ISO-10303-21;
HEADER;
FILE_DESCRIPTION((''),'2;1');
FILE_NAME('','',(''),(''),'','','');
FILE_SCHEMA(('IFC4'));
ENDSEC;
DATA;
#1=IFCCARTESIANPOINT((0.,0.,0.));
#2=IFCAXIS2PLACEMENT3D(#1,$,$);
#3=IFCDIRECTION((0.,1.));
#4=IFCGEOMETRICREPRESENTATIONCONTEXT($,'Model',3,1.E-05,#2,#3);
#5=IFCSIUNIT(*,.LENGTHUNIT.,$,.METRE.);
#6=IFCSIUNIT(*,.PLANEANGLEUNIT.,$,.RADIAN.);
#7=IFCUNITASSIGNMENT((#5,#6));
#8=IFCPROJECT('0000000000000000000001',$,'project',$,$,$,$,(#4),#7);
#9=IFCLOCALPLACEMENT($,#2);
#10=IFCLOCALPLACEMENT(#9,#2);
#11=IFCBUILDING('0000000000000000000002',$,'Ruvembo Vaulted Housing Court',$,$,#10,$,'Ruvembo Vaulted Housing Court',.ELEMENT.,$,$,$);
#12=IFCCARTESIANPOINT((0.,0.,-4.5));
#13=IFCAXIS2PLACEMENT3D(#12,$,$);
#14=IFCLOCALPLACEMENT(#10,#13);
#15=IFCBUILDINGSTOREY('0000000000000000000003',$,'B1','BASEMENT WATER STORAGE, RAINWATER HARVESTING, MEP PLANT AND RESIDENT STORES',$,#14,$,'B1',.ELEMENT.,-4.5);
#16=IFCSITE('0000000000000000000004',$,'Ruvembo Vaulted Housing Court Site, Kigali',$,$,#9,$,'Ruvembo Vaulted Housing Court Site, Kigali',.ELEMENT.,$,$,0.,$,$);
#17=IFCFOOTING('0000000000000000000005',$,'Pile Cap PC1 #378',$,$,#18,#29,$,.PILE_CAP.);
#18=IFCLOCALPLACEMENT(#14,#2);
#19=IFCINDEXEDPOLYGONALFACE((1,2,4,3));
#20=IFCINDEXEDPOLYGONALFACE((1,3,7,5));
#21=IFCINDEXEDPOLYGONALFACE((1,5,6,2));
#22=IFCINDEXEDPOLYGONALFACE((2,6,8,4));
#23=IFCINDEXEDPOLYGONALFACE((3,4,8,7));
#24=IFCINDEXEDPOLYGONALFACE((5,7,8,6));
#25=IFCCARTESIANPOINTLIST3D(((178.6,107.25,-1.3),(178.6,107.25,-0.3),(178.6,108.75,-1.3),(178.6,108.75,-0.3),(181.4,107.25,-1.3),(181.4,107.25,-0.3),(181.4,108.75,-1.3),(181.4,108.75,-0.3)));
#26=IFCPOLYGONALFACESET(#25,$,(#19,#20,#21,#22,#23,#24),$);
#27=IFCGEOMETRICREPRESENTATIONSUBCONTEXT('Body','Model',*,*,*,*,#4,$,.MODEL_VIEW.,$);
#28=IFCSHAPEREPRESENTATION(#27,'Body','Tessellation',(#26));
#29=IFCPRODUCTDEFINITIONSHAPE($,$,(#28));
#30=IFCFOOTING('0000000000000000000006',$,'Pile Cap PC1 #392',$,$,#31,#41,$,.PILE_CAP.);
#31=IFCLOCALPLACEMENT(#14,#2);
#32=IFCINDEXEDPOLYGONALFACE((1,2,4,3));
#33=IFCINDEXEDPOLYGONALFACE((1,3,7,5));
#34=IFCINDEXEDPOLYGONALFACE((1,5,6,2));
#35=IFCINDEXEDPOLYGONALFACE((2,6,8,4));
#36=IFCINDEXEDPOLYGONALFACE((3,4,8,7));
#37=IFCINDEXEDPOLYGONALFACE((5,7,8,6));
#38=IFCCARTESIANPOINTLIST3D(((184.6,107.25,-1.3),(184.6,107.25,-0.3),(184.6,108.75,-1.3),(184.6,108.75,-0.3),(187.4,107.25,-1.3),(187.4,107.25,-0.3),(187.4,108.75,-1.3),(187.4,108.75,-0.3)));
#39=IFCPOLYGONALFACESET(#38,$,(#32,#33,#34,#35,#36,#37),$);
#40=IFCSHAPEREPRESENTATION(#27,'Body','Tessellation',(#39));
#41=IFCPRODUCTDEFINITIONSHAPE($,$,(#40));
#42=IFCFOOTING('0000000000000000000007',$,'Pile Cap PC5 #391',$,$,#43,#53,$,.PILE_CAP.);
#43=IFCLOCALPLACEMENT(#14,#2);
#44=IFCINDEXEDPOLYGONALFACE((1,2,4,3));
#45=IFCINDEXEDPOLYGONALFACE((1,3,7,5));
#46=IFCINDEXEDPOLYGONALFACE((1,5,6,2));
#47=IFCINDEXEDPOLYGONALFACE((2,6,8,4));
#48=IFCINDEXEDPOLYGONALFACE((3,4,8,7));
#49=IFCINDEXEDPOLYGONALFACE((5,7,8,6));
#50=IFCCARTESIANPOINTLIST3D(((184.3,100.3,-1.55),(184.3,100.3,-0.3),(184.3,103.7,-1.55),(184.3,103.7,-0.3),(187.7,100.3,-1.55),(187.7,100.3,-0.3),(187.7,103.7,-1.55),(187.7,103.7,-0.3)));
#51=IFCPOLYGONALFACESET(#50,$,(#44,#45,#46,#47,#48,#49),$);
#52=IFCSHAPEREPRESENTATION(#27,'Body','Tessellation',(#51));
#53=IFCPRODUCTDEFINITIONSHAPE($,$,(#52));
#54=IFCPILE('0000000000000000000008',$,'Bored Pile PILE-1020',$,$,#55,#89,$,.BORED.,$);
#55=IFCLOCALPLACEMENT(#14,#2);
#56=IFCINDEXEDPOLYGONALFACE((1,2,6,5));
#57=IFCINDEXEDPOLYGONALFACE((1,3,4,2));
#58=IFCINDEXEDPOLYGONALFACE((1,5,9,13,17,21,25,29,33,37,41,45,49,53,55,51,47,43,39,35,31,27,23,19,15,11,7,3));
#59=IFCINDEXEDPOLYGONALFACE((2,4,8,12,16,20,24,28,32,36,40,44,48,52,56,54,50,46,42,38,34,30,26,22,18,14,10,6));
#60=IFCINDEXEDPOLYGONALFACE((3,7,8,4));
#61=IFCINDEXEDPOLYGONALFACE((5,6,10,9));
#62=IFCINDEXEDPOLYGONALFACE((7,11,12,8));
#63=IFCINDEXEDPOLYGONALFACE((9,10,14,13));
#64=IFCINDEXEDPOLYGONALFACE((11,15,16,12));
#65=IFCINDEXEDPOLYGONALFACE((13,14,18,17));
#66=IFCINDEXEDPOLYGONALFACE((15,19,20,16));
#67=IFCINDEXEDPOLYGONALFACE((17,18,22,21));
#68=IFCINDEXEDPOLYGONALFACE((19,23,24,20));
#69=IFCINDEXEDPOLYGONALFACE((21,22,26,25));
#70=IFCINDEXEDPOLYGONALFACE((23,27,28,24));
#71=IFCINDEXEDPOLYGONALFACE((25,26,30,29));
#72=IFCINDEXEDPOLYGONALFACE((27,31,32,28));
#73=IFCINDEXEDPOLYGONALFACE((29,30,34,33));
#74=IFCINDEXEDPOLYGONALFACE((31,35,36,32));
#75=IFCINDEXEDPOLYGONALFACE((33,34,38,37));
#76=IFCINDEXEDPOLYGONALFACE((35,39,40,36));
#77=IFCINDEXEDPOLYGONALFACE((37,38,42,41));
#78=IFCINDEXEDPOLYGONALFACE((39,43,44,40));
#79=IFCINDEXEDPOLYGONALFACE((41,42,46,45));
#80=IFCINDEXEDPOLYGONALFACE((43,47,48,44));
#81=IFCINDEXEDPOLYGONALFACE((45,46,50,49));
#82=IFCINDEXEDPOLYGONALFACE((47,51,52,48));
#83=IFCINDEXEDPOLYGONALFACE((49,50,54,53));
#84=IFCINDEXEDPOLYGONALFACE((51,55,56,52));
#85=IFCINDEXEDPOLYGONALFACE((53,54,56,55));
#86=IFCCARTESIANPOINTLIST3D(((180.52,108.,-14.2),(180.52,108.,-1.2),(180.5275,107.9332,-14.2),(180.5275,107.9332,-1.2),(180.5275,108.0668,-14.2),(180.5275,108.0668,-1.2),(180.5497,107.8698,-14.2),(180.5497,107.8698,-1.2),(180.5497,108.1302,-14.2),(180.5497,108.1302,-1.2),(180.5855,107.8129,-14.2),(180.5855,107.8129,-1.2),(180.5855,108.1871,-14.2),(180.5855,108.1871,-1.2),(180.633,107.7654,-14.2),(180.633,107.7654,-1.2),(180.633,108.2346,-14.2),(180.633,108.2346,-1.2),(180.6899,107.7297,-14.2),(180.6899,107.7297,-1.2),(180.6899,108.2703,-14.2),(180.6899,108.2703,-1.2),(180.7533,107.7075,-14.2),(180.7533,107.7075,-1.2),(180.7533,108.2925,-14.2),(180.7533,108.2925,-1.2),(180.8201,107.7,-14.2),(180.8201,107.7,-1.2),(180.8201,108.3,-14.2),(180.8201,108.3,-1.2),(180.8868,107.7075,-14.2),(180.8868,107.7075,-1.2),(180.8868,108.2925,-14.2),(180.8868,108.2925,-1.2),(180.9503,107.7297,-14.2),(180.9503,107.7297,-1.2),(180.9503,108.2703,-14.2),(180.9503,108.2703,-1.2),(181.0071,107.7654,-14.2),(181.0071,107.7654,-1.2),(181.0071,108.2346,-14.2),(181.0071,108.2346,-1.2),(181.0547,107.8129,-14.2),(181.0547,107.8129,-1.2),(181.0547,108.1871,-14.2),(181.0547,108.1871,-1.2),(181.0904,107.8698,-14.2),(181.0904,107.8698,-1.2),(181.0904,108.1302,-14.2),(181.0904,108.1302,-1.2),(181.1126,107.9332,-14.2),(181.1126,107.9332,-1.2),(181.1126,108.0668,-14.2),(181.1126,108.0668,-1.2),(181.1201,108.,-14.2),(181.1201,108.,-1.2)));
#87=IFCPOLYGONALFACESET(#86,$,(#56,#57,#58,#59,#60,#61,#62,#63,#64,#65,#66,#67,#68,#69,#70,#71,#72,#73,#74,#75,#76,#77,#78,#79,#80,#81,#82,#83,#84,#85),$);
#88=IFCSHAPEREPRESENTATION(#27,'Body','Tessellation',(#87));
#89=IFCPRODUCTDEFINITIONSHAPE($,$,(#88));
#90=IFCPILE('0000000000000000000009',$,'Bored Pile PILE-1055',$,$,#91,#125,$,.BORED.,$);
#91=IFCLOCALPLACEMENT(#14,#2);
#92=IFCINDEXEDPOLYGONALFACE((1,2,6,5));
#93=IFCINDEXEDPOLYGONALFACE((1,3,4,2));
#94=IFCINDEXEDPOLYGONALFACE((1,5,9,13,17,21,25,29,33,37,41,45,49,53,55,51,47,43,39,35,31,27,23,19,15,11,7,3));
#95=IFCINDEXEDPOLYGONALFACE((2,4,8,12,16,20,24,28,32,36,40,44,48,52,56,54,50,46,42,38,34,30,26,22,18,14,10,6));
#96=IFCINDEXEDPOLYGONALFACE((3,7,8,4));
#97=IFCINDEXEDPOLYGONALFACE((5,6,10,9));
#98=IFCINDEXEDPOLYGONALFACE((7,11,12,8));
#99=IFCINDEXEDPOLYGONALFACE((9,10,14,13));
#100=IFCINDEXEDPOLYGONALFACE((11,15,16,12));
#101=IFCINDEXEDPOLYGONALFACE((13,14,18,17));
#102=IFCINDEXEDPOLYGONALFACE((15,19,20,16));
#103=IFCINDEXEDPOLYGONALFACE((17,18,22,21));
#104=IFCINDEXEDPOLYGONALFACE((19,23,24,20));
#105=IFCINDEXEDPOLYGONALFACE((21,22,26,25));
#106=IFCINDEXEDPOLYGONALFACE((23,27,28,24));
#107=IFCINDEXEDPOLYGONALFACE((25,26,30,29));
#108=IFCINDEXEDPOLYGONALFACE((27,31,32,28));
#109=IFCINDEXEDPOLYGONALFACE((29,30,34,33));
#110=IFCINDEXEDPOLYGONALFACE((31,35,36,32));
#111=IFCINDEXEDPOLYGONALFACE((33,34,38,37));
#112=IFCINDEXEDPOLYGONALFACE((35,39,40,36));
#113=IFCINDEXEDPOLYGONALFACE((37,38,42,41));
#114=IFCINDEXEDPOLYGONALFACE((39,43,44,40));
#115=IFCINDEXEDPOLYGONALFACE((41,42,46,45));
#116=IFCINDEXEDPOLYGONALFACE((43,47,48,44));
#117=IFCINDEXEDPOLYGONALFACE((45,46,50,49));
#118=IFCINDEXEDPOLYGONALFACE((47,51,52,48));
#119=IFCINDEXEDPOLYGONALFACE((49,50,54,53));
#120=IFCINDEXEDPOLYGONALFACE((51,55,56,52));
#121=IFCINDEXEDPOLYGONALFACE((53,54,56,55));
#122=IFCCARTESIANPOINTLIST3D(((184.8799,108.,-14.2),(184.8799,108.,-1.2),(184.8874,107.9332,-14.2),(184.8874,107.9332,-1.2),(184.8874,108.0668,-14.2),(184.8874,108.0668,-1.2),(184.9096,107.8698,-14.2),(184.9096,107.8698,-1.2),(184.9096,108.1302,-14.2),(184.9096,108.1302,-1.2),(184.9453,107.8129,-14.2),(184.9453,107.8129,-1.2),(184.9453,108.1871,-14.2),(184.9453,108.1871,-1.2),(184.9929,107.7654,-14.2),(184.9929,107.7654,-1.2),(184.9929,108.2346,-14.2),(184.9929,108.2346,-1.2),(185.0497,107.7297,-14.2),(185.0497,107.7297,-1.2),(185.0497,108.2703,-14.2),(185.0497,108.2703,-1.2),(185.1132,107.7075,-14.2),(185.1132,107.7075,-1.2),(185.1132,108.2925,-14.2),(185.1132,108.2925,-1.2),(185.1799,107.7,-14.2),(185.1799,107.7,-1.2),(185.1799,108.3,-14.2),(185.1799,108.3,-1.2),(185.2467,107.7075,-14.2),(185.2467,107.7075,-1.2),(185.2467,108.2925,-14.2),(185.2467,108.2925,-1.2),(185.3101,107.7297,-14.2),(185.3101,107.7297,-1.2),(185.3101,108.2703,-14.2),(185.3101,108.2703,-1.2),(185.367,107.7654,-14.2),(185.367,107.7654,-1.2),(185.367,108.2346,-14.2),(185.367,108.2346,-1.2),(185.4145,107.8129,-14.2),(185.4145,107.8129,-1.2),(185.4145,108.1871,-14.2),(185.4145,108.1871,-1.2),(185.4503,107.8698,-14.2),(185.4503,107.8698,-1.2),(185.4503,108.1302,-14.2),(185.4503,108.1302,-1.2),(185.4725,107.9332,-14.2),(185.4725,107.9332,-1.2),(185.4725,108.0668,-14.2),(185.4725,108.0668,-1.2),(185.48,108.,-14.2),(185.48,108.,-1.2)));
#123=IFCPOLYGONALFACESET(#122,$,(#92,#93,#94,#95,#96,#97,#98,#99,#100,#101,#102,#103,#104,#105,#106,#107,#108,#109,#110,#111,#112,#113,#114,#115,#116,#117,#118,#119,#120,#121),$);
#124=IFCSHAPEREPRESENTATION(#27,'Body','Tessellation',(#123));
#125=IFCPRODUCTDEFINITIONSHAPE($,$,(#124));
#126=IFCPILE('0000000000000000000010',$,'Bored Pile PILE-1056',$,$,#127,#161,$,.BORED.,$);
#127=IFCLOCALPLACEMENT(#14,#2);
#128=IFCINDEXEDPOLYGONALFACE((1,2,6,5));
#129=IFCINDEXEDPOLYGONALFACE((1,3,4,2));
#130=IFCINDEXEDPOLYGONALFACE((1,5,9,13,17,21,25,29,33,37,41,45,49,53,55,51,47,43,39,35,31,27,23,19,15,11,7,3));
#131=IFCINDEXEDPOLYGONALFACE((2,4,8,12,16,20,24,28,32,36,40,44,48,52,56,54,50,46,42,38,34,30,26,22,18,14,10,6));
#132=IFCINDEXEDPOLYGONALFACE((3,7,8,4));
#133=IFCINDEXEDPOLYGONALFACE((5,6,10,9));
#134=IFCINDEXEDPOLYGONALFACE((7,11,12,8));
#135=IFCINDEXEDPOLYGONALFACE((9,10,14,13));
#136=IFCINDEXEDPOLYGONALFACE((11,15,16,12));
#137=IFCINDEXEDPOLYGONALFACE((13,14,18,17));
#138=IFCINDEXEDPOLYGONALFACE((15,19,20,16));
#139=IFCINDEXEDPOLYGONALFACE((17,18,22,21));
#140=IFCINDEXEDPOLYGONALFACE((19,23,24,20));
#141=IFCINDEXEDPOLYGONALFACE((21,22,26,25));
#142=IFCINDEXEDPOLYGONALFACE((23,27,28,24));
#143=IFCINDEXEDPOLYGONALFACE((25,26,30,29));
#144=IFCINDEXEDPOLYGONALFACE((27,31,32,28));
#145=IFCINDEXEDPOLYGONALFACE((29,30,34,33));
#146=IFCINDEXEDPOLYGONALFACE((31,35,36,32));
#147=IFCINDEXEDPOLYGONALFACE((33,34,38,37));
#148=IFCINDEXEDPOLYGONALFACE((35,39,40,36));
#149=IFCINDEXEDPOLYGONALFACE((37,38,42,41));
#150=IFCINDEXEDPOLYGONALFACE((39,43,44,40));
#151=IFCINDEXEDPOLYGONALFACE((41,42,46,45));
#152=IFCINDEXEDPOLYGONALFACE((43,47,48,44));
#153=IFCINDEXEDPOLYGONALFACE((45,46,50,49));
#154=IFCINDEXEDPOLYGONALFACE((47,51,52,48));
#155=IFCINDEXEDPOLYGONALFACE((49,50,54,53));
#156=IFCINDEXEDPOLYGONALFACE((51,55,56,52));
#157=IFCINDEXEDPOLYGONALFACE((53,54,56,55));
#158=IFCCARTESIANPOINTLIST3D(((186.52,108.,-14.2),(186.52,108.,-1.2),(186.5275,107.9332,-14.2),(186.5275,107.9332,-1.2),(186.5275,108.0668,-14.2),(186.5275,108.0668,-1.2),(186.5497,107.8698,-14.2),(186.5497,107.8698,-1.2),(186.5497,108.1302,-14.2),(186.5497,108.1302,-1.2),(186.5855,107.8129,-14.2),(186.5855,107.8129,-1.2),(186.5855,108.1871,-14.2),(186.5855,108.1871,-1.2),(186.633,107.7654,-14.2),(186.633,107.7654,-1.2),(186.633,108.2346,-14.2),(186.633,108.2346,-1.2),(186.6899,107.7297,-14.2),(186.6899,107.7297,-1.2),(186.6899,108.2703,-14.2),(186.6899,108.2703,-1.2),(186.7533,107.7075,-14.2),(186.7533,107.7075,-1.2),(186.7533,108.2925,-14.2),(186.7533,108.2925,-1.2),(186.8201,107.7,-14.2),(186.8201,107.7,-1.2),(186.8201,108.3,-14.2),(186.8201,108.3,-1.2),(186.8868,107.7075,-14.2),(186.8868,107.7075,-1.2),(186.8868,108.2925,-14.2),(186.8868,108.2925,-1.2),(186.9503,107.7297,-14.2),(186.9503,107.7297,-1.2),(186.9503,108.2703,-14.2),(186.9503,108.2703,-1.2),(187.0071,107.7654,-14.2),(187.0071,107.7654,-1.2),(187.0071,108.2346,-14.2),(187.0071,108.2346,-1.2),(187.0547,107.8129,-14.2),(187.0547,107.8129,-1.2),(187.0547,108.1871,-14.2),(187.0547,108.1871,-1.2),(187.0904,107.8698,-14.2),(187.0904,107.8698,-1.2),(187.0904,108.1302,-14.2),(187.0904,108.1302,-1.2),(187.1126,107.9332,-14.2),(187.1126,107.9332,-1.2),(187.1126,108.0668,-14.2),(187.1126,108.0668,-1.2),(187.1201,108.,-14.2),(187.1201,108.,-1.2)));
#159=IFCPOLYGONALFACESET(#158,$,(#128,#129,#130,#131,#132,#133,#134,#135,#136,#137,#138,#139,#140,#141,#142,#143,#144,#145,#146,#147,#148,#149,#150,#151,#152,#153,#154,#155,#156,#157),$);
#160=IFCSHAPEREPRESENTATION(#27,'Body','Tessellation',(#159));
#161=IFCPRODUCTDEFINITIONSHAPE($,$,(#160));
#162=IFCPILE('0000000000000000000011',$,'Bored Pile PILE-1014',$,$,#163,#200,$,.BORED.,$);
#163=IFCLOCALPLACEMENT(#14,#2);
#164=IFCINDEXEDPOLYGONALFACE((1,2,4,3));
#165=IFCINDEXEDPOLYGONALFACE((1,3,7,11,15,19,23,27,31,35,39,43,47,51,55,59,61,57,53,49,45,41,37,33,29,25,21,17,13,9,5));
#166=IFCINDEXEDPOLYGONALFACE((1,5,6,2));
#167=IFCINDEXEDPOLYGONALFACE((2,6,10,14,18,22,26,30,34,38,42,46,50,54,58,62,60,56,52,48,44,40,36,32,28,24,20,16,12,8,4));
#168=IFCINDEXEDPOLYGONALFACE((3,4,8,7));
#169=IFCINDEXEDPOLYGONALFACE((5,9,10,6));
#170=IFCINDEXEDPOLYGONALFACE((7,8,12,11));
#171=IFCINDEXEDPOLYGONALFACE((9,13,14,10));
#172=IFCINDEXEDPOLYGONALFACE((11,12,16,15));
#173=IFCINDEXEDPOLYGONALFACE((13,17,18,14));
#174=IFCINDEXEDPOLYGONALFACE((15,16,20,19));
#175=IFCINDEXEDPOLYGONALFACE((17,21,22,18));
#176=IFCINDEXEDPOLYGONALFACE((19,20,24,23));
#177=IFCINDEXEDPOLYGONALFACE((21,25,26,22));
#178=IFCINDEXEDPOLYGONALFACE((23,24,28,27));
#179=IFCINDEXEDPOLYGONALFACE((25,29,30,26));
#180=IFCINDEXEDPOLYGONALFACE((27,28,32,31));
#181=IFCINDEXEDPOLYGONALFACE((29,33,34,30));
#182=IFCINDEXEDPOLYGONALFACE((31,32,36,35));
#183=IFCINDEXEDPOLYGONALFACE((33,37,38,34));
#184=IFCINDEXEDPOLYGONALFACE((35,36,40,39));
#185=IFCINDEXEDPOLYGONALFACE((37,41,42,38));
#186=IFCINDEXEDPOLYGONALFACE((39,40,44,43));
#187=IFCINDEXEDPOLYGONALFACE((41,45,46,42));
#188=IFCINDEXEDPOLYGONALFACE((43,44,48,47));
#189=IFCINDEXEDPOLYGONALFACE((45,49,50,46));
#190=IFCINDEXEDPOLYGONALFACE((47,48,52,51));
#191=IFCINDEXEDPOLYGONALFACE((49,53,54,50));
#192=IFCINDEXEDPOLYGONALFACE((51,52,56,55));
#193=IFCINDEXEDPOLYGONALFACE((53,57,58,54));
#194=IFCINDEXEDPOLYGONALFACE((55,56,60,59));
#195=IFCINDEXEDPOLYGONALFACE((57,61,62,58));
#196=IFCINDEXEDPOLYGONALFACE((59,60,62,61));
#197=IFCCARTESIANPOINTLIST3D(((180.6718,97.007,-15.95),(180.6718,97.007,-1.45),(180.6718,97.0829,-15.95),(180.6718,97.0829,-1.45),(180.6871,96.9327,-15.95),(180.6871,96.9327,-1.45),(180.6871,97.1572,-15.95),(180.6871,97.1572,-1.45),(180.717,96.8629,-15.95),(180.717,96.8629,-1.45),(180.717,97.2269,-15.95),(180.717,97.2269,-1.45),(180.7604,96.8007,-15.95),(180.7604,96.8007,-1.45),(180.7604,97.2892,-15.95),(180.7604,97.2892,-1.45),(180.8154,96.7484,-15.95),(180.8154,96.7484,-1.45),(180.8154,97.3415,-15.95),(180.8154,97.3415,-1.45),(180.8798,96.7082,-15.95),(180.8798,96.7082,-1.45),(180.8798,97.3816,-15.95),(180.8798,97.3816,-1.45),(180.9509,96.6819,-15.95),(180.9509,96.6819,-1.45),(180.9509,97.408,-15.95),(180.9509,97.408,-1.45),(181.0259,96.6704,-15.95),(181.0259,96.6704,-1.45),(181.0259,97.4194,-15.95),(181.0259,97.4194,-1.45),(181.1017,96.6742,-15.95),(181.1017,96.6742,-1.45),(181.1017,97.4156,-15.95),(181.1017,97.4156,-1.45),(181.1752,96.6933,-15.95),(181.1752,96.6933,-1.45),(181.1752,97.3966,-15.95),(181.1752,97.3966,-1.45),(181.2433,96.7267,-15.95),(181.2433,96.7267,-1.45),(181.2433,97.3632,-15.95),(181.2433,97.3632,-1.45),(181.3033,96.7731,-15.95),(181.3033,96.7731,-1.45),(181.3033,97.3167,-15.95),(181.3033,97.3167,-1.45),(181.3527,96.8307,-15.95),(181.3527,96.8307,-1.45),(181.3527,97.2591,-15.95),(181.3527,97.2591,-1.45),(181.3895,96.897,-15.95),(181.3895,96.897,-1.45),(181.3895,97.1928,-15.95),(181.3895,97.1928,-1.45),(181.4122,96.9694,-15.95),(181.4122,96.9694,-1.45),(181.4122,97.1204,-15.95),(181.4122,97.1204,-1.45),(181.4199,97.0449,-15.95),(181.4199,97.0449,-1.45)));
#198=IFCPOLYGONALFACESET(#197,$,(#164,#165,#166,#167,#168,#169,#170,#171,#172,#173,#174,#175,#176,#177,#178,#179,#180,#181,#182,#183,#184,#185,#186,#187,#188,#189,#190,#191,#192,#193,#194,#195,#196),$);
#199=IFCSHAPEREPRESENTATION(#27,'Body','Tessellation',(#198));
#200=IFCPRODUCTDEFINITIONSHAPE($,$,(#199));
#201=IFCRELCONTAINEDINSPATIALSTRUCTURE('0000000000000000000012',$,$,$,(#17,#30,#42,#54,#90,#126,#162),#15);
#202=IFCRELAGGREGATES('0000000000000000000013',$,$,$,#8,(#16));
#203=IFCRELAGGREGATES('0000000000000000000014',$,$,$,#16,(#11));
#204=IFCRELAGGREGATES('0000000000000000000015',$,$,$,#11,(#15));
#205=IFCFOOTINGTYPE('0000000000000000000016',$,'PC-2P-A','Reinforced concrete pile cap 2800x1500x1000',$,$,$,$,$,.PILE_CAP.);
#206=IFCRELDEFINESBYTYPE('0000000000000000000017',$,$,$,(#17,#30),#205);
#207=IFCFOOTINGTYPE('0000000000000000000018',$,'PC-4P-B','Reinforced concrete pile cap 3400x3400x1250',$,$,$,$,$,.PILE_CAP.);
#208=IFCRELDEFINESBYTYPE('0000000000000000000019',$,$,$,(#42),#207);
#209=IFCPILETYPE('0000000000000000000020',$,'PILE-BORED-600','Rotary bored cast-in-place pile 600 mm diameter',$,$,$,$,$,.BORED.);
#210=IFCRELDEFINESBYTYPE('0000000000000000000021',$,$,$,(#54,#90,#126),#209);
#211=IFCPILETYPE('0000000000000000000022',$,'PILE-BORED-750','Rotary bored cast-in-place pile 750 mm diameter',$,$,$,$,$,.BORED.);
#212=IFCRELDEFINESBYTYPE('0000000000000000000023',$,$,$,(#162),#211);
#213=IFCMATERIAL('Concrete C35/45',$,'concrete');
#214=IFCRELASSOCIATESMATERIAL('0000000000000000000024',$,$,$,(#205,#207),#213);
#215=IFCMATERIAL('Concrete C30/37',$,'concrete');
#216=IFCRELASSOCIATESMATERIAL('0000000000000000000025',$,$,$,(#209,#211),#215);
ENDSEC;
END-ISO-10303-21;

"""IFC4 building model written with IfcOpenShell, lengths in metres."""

from ifc_helpers import new_model, si_unit, direction, frame, origin, origin_2d, place, context, subcontext, project, spatial, rectangle, circle, extrude, material, material_profile, profile_set, type_object, element, save


model = new_model("IFC4")

# Units and contexts
model_context = context("Model", 3, precision=1e-05, world=origin(), true_north=direction((0.0, 1.0)))
body_context = subcontext(model_context, "Body", "Model", "MODEL_VIEW")
ifc_project = project(units=[si_unit("LENGTHUNIT", "METRE"), si_unit("PLANEANGLEUNIT", "RADIAN")], contexts=[model_context])

# Site, building, storey
site_placement = place(None, origin())
site = spatial("IfcSite", under=ifc_project, at=site_placement, Name="Ruvembo Vaulted Housing Court Site, Kigali", LongName="Ruvembo Vaulted Housing Court Site, Kigali", CompositionType="ELEMENT", RefElevation=0.0)
building_placement = place(site_placement, origin())
building = spatial("IfcBuilding", under=site, at=building_placement, Name="Ruvembo Vaulted Housing Court", LongName="Ruvembo Vaulted Housing Court", CompositionType="ELEMENT")
storey_placement = place(building_placement, frame((0.0, 0.0, -4.5)))
storey = spatial("IfcBuildingStorey", under=building, at=storey_placement, Name="B1", Description="BASEMENT WATER STORAGE, RAINWATER HARVESTING, MEP PLANT AND RESIDENT STORES", LongName="B1", CompositionType="ELEMENT", Elevation=-4.5)

# Footings
ifc_material_1 = material(Name="Concrete C35/45", Category="concrete")
footing_type_1 = type_object("IfcFootingType", Name="PC-2P-A", Description="Reinforced concrete pile cap 2800x1500x1000", PredefinedType="PILE_CAP", material=ifc_material_1)
for number, where, z_axis, x_axis, name in (
    (1, (180.0, 108.0, -1.3), (0.0, 0.0, 1.0), (1.0, 0.0, 0.0), "Pile Cap PC1 #378"),
    (2, (186.0, 108.0, -1.3), (0.0, 0.0, 1.0), (1.0, 0.0, 0.0), "Pile Cap PC1 #392"),
):
    element("IfcFooting", number, at=place(storey_placement, frame(where, z_axis=z_axis, x_axis=x_axis)), inside=storey, type_object=footing_type_1, Name=name, PredefinedType="PILE_CAP", context=body_context, shape_type="SweptSolid", body=[
        extrude(rectangle(XDim=2.8, YDim=1.5, at=origin_2d()), origin(), (0.0, 0.0, 1.0), 1.0),
    ])
footing_type_2 = type_object("IfcFootingType", Name="PC-4P-B", Description="Reinforced concrete pile cap 3400x3400x1250", PredefinedType="PILE_CAP", material=ifc_material_1)
footing_placement = place(storey_placement, frame((186.0, 102.0, -1.55), z_axis=(0.0, 0.0, 1.0), x_axis=(1.0, 0.0, 0.0)))
element("IfcFooting", 3, at=footing_placement, inside=storey, type_object=footing_type_2, Name="Pile Cap PC5 #391", PredefinedType="PILE_CAP", context=body_context, shape_type="SweptSolid", body=[
    extrude(rectangle(XDim=3.3999, YDim=3.3999, at=origin_2d()), origin(), (0.0, 0.0, 1.0), 1.25),
])

# Piles
ifc_material_2 = material(Name="Concrete C30/37", Category="concrete")
ifc_material_profile_1 = material_profile(ifc_material_2, circle(Radius=0.3, at=origin_2d()), Name="PILE D600")
ifc_profile_set_1 = profile_set([ifc_material_profile_1], Name="Concrete C30/37")
pile_type_1 = type_object("IfcPileType", Name="PILE-BORED-600", Description="Rotary bored cast-in-place pile 600 mm diameter", PredefinedType="BORED", material=ifc_profile_set_1)
for number, where, z_axis, x_axis, name in (
    (4, (180.8201, 108.0, -1.2), (0.0, 0.0, -1.0), (1.0, 0.0, 0.0), "Bored Pile PILE-1020"),
    (5, (185.1799, 108.0, -1.2), (0.0, 0.0, -1.0), (1.0, 0.0, 0.0), "Bored Pile PILE-1055"),
    (6, (186.8201, 108.0, -1.2), (0.0, 0.0, -1.0), (1.0, 0.0, 0.0), "Bored Pile PILE-1056"),
):
    element("IfcPile", number, at=place(storey_placement, frame(where, z_axis=z_axis, x_axis=x_axis)), inside=storey, type_object=pile_type_1, Name=name, PredefinedType="BORED", context=body_context, shape_type="SweptSolid", body=[
        extrude(circle(Radius=0.3, at=origin_2d()), origin(), (0.0, 0.0, 1.0), 13.0),
    ])
ifc_material_profile_2 = material_profile(ifc_material_2, circle(Radius=0.375, at=origin_2d()), Name="PILE D750")
ifc_profile_set_2 = profile_set([ifc_material_profile_2], Name="Concrete C30/37")
pile_type_2 = type_object("IfcPileType", Name="PILE-BORED-750", Description="Rotary bored cast-in-place pile 750 mm diameter", PredefinedType="BORED", material=ifc_profile_set_2)
for number, where, z_axis, x_axis, name in (
    (7, (181.0449, 97.0449, -1.45), (0.0, 0.0, -1.0), (1.0, 0.0, 0.0), "Bored Pile PILE-1014"),
):
    element("IfcPile", number, at=place(storey_placement, frame(where, z_axis=z_axis, x_axis=x_axis)), inside=storey, type_object=pile_type_2, Name=name, PredefinedType="BORED", context=body_context, shape_type="SweptSolid", body=[
        extrude(circle(Radius=0.375, at=origin_2d()), origin(), (0.0, 0.0, 1.0), 14.5),
    ])

save(model, "model.ifc")
